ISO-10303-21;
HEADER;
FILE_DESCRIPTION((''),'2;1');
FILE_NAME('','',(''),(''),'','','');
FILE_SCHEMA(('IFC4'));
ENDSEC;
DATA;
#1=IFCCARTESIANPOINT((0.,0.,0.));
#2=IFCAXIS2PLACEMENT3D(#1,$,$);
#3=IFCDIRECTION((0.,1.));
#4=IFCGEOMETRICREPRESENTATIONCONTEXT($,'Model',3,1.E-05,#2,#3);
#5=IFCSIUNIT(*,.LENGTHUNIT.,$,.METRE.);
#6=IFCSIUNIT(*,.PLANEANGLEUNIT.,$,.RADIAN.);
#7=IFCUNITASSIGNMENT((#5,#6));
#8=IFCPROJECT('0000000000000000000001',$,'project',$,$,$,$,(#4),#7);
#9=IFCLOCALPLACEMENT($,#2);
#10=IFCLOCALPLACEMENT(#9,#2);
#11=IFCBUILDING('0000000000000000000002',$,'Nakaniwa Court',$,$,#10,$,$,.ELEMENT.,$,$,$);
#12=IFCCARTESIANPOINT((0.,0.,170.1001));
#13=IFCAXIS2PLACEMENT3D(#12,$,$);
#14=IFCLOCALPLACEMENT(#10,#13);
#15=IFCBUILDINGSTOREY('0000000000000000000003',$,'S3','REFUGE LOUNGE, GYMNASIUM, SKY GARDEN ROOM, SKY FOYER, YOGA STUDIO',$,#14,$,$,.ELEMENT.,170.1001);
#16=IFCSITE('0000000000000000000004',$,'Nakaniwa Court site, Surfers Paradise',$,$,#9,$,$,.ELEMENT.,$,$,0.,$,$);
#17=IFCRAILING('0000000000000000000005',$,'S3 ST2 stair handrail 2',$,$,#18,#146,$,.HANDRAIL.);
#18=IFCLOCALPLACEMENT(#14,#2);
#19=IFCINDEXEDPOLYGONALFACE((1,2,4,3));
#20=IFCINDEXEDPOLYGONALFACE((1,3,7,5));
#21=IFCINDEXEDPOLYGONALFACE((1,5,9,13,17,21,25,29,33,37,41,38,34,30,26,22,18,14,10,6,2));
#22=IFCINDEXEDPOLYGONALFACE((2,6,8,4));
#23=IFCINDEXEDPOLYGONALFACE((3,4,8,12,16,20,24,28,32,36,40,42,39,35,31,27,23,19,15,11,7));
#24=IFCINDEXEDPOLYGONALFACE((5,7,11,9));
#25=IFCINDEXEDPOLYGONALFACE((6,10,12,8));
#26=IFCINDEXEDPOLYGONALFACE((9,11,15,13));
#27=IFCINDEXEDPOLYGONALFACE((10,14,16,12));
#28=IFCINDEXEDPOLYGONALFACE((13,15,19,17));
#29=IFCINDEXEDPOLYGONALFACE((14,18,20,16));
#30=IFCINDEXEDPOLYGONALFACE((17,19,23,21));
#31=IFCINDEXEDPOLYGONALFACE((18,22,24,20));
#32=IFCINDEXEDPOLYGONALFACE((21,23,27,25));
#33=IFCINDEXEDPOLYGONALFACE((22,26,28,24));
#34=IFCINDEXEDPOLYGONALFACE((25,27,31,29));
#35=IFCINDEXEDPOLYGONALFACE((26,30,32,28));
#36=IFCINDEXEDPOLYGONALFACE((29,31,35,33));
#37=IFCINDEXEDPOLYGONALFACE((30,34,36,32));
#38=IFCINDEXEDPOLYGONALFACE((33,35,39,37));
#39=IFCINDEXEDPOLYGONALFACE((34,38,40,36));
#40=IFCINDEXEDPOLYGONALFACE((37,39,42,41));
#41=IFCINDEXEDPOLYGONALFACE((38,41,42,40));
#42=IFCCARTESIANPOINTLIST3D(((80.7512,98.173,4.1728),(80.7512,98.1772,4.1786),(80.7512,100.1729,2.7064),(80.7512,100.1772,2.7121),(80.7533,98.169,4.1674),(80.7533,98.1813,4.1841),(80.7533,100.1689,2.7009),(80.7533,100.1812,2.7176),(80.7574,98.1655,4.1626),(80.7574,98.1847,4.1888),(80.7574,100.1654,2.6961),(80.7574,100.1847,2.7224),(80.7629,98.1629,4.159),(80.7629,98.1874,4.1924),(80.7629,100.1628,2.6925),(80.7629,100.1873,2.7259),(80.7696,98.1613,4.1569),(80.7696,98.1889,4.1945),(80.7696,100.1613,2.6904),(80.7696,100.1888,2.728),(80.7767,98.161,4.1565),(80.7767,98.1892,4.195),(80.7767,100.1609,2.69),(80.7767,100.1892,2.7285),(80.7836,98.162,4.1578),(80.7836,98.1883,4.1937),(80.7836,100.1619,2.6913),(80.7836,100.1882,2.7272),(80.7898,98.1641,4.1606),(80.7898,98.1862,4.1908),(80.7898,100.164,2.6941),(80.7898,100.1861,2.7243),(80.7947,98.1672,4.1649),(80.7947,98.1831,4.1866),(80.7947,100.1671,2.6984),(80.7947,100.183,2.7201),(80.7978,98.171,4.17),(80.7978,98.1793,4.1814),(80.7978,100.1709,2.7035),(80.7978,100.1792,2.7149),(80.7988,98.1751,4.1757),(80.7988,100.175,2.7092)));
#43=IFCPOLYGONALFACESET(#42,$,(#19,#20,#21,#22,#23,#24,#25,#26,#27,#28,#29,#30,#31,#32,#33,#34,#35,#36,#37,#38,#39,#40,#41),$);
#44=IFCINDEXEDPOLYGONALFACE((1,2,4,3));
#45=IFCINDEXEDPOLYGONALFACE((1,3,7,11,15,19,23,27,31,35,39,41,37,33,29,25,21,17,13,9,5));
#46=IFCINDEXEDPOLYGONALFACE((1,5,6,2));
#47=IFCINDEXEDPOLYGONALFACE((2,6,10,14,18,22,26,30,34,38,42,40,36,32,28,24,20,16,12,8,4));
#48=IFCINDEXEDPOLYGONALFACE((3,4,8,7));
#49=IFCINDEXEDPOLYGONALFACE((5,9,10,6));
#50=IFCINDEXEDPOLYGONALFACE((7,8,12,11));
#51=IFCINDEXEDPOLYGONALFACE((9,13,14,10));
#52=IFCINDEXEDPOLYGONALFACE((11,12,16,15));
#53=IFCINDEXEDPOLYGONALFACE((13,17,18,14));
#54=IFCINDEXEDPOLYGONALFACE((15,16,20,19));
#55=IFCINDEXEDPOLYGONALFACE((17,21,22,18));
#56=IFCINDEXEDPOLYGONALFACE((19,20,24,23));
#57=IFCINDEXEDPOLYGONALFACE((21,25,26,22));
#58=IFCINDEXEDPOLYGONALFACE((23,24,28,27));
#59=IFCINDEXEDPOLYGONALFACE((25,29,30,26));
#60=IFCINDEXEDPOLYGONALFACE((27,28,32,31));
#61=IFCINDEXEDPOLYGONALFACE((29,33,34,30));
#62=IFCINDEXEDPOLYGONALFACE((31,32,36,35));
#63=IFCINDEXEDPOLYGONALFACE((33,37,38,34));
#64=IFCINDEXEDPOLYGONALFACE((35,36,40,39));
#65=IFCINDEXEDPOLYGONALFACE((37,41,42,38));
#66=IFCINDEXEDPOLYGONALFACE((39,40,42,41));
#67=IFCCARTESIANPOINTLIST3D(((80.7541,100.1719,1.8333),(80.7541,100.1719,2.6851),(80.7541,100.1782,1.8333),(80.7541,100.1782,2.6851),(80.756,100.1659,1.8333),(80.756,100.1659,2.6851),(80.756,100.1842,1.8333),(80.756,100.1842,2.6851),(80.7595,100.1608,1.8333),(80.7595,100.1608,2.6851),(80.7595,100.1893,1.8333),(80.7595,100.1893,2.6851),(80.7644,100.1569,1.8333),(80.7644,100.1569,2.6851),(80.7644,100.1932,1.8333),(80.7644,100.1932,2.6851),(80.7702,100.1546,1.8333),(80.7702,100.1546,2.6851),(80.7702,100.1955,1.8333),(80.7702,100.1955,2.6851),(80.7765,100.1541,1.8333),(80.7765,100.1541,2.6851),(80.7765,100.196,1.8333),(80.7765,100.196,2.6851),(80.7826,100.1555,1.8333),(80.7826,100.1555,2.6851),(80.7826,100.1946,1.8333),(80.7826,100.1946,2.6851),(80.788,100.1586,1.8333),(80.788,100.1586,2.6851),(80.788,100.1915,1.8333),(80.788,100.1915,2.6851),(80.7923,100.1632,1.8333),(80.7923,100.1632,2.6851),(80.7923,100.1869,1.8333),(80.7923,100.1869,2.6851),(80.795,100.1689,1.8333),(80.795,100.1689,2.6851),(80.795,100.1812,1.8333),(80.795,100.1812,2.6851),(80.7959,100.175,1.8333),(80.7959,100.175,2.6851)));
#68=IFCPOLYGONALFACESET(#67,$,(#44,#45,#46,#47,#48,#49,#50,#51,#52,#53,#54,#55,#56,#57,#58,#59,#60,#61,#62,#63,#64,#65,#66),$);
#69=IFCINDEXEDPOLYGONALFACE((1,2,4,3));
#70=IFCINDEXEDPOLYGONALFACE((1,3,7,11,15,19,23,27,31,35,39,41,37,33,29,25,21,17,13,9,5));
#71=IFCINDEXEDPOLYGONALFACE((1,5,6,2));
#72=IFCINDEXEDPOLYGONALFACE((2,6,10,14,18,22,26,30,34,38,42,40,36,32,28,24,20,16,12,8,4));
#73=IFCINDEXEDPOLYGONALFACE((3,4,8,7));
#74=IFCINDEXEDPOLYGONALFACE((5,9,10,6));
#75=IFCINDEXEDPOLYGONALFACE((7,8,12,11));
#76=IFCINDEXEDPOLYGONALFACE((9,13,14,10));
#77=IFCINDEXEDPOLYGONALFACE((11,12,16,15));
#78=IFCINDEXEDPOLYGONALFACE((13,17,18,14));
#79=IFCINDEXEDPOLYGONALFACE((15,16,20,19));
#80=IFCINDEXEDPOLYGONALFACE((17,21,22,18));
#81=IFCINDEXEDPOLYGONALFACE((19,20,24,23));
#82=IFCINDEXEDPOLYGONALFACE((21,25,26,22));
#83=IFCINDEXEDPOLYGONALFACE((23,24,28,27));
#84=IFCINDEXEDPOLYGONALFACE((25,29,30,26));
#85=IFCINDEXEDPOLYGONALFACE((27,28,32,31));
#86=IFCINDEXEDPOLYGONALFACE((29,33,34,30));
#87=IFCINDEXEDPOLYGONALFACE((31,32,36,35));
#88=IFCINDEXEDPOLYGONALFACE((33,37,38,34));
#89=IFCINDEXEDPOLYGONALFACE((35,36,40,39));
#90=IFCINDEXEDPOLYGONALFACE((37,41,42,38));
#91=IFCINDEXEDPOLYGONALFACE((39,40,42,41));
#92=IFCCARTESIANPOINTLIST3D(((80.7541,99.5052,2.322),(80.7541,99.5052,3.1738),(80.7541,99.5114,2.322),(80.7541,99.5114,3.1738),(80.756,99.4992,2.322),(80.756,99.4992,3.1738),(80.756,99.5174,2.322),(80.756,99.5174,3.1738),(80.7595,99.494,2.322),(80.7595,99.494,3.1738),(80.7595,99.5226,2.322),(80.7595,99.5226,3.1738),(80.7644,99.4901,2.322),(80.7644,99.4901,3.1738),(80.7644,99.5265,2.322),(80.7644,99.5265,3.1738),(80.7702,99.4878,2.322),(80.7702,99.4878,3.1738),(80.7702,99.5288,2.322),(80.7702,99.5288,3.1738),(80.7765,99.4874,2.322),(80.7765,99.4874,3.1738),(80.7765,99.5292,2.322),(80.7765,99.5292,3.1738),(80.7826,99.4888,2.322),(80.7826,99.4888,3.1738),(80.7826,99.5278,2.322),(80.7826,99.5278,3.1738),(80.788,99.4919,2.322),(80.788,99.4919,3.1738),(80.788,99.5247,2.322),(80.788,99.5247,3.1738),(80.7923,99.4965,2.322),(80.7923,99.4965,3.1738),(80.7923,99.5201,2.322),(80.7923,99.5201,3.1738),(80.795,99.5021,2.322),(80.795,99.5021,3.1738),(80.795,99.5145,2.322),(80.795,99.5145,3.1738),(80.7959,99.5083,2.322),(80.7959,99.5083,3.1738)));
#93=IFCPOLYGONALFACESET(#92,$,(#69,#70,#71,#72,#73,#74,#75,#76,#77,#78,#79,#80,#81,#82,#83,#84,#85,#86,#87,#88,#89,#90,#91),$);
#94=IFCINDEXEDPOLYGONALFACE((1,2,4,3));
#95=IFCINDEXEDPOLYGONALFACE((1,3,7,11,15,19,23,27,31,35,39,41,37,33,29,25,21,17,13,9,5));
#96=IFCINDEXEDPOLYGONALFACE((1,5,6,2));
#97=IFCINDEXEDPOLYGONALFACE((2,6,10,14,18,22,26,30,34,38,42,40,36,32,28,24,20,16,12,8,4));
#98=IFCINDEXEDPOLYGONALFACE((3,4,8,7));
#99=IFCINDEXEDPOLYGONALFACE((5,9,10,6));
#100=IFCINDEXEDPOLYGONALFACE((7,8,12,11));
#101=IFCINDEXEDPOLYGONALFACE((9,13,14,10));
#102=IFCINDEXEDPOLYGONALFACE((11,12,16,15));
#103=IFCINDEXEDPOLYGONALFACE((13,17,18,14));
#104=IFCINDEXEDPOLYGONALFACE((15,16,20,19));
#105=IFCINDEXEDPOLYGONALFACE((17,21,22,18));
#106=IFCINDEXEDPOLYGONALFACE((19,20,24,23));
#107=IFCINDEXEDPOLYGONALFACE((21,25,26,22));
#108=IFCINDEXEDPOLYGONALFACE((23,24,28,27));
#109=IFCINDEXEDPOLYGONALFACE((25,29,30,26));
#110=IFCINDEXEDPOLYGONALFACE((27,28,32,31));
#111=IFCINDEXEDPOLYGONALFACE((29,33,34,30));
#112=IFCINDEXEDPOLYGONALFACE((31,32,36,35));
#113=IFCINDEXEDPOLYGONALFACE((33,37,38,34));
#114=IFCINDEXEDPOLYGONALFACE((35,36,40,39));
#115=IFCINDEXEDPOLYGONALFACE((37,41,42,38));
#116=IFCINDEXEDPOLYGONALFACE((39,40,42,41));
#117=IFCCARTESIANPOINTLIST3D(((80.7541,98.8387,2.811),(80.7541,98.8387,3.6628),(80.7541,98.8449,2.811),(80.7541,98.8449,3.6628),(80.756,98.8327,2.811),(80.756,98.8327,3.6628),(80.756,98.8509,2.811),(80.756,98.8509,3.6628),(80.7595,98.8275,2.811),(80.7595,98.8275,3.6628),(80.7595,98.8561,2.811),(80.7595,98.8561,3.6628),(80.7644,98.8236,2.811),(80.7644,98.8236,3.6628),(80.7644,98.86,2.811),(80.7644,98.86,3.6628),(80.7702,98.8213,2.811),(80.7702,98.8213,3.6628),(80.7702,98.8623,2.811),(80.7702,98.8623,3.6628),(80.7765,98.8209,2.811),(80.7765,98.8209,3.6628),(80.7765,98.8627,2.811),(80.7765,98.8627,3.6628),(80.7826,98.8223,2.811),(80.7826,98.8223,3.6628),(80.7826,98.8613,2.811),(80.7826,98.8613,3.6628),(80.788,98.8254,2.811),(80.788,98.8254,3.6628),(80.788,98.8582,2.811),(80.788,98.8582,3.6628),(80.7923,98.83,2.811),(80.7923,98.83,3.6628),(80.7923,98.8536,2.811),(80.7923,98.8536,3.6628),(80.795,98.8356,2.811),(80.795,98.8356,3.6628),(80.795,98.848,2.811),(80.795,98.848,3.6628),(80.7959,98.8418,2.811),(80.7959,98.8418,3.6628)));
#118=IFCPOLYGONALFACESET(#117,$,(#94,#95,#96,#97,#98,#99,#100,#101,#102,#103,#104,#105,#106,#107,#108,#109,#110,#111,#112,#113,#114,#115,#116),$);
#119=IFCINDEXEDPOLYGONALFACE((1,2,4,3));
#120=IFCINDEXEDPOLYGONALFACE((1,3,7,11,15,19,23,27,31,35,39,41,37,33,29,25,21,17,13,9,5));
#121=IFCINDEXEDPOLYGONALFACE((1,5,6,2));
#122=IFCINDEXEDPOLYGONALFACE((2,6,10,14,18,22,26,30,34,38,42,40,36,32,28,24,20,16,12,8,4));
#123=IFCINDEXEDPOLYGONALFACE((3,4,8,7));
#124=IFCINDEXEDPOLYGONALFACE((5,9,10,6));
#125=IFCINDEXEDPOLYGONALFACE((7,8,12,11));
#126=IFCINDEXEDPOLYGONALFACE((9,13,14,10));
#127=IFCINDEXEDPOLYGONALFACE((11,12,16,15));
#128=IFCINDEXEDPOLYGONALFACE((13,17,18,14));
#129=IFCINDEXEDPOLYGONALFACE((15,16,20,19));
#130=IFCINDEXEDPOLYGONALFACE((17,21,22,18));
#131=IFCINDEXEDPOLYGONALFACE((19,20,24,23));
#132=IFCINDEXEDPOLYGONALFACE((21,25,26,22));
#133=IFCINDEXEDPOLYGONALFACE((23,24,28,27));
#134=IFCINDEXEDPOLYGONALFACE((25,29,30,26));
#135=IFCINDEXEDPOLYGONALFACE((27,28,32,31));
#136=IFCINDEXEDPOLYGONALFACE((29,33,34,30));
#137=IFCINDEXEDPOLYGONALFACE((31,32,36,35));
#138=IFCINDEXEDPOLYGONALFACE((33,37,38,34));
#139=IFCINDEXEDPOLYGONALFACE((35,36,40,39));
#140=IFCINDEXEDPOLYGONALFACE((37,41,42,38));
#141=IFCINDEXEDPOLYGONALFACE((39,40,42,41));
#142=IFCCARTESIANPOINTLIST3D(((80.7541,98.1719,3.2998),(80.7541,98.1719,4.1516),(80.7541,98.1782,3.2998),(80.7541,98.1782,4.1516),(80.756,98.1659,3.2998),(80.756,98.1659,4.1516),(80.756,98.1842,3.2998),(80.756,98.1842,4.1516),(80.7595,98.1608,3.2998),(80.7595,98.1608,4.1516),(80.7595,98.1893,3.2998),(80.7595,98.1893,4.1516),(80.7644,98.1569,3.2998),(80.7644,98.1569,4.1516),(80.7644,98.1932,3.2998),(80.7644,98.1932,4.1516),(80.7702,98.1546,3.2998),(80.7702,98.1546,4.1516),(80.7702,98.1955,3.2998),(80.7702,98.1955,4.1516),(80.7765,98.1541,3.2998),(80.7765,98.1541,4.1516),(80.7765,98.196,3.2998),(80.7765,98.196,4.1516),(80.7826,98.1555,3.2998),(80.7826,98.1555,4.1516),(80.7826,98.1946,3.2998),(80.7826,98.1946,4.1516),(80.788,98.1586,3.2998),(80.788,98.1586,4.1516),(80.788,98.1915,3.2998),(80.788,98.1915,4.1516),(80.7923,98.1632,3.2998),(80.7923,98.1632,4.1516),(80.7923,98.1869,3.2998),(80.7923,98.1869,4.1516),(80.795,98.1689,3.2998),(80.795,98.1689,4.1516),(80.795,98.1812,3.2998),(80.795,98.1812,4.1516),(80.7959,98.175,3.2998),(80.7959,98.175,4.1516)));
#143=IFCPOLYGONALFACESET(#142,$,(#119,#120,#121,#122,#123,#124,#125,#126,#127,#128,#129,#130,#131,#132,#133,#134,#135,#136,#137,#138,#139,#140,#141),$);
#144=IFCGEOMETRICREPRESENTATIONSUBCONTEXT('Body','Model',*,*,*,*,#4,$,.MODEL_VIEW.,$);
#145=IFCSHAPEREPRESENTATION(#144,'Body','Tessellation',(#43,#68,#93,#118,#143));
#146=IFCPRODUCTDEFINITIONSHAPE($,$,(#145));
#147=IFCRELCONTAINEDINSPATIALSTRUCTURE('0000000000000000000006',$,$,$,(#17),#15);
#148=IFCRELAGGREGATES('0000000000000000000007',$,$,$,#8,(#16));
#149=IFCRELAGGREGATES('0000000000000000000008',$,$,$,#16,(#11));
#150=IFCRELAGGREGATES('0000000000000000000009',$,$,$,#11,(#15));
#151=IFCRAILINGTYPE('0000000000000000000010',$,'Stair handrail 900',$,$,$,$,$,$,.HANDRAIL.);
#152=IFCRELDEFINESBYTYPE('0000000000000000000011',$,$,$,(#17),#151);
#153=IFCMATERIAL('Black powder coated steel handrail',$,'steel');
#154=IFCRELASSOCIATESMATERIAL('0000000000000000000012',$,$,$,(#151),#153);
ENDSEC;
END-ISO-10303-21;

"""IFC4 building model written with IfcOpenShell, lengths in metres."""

from ifc_helpers import new_model, si_unit, direction, frame, origin, origin_2d, place, context, subcontext, project, spatial, circle, extrude, material, type_object, element, save


model = new_model("IFC4")

# Units and contexts
model_context = context("Model", 3, precision=1e-05, world=origin(), true_north=direction((0.0, 1.0)))
body_context = subcontext(model_context, "Body", "Model", "MODEL_VIEW")
ifc_project = project(units=[si_unit("LENGTHUNIT", "METRE"), si_unit("PLANEANGLEUNIT", "RADIAN")], contexts=[model_context])

# Site, building, storey
site_placement = place(None, origin())
site = spatial("IfcSite", under=ifc_project, at=site_placement, Name="Nakaniwa Court site, Surfers Paradise", CompositionType="ELEMENT", RefElevation=0.0)
building_placement = place(site_placement, origin())
building = spatial("IfcBuilding", under=site, at=building_placement, Name="Nakaniwa Court", CompositionType="ELEMENT")
storey_placement = place(building_placement, frame((0.0, 0.0, 170.1001)))
storey = spatial("IfcBuildingStorey", under=building, at=storey_placement, Name="S3", Description="REFUGE LOUNGE, GYMNASIUM, SKY GARDEN ROOM, SKY FOYER, YOGA STUDIO", CompositionType="ELEMENT", Elevation=170.1001)

# Railing
ifc_material_1 = material(Name="Black powder coated steel handrail", Category="steel")
railing_type_1 = type_object("IfcRailingType", Name="Stair handrail 900", PredefinedType="HANDRAIL", material=ifc_material_1)
railing_1_placement = place(storey_placement, frame((80.7749, 100.175, 1.8333)))
element("IfcRailing", 1, at=railing_1_placement, inside=storey, type_object=railing_type_1, Name="S3 ST2 stair handrail 2", PredefinedType="HANDRAIL", context=body_context, shape_type="SweptSolid", body=[
    extrude(circle(Radius=0.0239, at=origin_2d()), frame((0.0, 0.0, 0.876), z_axis=(0.0, -0.806427, 0.591334), x_axis=(1.0, 0.0, 0.0)), (0.0, 0.0, 1.0), 2.48),
    extrude(circle(Radius=0.021, at=origin_2d()), origin(), (0.0, 0.0, 1.0), 0.8518),
    extrude(circle(Radius=0.021, at=origin_2d()), frame((0.0, -0.6667, 0.4888)), (0.0, 0.0, 1.0), 0.8518),
    extrude(circle(Radius=0.021, at=origin_2d()), frame((0.0, -1.3333, 0.9778)), (0.0, 0.0, 1.0), 0.8518),
    extrude(circle(Radius=0.021, at=origin_2d()), frame((0.0, -2.0, 1.4666)), (0.0, 0.0, 1.0), 0.8518),
])

save(model, "model.ifc")
